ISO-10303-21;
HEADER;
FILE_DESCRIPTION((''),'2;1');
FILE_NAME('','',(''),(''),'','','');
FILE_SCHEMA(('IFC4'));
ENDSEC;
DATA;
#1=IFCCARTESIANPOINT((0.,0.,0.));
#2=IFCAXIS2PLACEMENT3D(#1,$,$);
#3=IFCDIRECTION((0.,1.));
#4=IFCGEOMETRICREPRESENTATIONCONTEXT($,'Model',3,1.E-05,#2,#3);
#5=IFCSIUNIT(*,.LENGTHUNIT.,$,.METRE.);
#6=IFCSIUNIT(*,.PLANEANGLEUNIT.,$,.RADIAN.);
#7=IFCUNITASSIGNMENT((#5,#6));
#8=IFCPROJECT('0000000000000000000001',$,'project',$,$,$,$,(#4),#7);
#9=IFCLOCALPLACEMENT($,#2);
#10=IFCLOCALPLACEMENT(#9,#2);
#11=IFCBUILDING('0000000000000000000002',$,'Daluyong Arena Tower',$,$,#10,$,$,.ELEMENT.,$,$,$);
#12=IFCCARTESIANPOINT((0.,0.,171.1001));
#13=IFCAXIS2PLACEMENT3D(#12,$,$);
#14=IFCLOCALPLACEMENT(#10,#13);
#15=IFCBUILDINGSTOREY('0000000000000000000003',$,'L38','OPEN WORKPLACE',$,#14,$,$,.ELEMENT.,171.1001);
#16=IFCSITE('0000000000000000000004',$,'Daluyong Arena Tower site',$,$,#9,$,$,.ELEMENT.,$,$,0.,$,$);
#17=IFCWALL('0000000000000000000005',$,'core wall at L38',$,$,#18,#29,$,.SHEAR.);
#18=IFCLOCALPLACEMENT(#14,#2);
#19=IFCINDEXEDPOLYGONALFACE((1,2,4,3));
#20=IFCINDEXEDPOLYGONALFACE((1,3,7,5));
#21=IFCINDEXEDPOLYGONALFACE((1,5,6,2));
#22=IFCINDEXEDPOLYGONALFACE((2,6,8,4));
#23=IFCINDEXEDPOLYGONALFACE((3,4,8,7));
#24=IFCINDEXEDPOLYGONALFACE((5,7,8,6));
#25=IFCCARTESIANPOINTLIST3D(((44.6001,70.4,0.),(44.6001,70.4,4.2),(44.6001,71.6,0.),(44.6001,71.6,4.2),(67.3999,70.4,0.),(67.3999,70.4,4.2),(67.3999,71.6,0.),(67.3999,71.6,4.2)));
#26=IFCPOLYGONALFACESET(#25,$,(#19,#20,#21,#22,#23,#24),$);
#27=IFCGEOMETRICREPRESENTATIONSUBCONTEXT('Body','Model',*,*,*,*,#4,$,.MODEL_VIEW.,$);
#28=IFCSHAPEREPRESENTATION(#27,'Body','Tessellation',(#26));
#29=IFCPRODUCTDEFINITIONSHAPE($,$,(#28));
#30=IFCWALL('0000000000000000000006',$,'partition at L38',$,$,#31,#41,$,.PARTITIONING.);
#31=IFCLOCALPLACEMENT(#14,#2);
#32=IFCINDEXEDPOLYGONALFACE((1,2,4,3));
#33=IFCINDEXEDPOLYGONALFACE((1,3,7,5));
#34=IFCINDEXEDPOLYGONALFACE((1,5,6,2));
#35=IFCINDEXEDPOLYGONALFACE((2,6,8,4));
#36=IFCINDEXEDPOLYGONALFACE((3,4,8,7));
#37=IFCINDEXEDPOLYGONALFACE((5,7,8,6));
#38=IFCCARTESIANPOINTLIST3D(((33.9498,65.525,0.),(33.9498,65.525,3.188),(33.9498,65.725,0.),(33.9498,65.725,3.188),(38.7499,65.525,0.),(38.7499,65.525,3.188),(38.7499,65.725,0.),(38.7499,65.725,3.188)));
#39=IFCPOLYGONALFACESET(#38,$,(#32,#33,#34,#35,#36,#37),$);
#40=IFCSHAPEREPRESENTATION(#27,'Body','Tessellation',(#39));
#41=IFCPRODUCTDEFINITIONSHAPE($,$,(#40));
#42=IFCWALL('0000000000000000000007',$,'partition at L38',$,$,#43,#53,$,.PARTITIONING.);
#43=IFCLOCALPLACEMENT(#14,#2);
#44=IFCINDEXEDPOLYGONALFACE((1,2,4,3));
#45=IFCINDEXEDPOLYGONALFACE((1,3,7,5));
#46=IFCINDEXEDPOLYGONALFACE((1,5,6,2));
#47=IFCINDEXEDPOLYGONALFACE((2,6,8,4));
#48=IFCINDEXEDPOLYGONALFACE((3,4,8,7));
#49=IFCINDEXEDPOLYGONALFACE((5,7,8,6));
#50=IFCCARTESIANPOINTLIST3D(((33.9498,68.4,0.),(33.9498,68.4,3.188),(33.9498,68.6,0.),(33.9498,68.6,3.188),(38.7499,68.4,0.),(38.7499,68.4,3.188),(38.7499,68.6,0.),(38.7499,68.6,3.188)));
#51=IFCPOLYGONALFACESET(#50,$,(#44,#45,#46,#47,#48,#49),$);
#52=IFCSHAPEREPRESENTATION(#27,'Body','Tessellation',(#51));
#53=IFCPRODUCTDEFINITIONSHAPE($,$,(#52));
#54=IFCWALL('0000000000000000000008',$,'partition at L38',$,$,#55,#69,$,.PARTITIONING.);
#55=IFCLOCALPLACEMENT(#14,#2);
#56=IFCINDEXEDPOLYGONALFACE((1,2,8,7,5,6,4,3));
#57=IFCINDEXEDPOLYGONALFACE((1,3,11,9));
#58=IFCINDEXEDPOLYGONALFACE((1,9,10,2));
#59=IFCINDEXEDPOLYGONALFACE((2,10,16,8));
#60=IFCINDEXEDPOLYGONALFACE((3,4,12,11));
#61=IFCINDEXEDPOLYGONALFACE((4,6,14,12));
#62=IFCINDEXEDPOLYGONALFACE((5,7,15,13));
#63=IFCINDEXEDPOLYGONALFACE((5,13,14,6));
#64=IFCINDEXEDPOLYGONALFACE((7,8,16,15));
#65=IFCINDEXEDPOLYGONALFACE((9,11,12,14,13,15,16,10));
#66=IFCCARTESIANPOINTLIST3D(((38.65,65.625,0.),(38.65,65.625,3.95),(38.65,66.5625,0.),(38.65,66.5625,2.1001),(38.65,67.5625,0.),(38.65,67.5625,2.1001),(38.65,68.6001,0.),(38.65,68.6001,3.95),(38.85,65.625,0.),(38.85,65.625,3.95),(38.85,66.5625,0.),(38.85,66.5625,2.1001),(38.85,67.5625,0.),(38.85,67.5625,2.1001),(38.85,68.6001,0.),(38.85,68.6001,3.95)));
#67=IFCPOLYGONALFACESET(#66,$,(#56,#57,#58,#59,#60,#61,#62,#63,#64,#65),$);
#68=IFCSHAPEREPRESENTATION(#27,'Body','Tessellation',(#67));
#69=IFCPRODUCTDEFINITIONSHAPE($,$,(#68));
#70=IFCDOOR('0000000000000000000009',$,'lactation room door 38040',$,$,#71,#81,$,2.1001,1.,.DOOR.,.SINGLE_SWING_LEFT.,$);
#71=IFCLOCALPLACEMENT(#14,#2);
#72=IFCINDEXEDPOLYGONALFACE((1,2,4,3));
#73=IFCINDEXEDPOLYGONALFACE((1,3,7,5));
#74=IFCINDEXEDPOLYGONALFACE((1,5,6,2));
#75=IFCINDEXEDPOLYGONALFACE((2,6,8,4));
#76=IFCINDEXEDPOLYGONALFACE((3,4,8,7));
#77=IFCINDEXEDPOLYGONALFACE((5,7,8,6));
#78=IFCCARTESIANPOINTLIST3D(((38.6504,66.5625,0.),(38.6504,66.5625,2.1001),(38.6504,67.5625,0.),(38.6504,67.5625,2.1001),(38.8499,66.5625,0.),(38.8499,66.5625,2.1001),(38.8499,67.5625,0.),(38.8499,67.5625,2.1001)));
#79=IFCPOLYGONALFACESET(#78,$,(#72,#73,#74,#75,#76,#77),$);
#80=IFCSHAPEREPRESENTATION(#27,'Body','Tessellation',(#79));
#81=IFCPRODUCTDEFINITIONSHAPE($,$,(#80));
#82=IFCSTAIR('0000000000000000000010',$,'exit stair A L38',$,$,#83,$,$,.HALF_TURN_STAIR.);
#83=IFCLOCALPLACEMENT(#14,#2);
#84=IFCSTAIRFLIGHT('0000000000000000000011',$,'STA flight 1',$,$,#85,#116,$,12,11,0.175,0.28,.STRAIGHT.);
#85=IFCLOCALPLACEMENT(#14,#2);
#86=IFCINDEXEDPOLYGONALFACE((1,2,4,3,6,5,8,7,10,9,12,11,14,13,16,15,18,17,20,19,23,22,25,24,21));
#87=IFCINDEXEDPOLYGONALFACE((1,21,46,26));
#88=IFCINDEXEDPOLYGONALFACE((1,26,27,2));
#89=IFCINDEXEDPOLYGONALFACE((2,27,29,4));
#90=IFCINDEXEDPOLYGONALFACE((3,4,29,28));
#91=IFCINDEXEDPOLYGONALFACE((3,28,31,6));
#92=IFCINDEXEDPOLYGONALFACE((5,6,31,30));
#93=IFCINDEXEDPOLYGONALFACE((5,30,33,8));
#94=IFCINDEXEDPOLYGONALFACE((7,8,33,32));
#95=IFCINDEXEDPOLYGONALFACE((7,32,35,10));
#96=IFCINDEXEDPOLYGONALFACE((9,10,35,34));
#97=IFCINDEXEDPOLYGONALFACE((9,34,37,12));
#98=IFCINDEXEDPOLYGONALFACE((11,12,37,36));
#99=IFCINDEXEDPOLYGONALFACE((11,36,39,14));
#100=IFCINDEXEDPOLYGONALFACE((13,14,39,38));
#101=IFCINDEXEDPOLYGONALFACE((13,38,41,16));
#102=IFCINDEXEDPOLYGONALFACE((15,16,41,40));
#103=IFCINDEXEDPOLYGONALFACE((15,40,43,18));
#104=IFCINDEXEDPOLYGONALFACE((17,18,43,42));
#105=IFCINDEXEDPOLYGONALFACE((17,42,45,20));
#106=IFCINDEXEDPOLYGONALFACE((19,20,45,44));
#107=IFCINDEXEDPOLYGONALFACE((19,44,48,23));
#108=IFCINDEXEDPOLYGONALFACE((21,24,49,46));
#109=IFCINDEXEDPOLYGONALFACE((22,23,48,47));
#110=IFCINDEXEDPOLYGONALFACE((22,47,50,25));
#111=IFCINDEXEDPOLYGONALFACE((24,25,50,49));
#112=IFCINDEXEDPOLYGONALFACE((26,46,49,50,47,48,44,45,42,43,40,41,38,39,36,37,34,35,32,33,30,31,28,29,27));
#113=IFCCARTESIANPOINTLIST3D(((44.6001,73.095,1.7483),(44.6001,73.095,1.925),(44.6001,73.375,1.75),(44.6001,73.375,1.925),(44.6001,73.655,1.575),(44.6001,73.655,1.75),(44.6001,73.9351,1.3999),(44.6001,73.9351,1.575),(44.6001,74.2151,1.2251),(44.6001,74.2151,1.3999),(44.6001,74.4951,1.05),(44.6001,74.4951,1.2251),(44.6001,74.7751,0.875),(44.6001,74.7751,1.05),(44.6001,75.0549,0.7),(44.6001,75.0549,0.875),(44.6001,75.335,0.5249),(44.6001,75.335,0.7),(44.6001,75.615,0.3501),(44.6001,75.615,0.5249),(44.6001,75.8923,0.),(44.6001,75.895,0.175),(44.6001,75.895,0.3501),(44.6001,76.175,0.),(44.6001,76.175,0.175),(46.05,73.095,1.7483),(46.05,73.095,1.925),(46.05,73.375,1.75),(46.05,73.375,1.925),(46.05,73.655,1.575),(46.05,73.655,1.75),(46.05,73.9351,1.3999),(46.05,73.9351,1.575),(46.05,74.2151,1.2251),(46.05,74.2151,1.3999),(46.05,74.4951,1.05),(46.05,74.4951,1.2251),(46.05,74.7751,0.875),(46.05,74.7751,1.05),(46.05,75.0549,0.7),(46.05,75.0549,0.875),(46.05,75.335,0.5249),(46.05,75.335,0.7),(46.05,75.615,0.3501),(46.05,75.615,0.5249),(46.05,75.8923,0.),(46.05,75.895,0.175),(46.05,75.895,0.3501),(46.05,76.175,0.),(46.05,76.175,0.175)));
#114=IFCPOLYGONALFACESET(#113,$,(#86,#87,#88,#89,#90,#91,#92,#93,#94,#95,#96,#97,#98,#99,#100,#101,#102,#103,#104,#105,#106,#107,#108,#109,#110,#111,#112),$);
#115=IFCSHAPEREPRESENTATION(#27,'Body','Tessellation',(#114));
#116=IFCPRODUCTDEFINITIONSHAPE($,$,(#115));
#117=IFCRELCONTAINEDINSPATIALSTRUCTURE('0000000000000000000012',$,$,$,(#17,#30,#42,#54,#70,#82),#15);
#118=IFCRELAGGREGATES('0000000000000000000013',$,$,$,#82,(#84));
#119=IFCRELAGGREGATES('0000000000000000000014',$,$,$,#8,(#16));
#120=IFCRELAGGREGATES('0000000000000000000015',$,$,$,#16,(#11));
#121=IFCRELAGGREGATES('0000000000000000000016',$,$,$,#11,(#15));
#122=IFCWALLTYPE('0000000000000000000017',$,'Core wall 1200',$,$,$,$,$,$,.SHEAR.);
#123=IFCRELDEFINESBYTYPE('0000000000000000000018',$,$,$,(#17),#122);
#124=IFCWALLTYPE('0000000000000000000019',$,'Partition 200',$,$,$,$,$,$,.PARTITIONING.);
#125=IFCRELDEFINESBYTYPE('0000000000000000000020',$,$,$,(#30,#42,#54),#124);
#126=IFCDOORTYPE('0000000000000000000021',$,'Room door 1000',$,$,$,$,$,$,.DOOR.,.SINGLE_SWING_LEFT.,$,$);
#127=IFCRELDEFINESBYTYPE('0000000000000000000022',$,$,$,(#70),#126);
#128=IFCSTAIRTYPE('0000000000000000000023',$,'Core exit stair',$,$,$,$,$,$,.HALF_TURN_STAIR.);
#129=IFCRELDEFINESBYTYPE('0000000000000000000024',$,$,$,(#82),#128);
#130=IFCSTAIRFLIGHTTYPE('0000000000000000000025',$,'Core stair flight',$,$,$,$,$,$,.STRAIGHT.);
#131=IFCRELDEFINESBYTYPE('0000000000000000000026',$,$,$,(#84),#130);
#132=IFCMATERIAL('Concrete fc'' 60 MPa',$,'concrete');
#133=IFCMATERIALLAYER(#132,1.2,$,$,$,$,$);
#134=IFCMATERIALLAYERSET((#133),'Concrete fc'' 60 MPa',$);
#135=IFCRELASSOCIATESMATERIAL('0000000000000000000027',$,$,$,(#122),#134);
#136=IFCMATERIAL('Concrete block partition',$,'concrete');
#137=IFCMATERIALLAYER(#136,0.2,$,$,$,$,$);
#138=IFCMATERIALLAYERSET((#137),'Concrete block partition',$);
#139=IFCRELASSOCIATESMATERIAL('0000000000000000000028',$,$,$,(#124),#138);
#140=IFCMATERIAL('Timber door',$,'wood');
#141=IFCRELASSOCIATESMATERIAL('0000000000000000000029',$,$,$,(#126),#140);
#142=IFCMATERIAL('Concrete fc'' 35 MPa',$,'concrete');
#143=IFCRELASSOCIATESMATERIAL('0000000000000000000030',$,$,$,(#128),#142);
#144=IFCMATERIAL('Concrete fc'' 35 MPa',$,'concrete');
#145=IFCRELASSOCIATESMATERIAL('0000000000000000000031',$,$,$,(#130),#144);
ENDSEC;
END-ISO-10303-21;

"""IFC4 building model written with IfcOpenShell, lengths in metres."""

from ifc_helpers import new_model, si_unit, direction, frame, frame_2d, origin, place, context, subcontext, project, spatial, polyline, rectangle, outline, extrude, material, layer, layer_set, type_object, element, fill, aggregate, save


model = new_model("IFC4")

# Units and contexts
model_context = context("Model", 3, precision=1e-05, world=origin(), true_north=direction((0.0, 1.0)))
body_context = subcontext(model_context, "Body", "Model", "MODEL_VIEW")
ifc_project = project(units=[si_unit("LENGTHUNIT", "METRE"), si_unit("PLANEANGLEUNIT", "RADIAN")], contexts=[model_context])

# Site, building, storey
site_placement = place(None, origin())
site = spatial("IfcSite", under=ifc_project, at=site_placement, Name="Daluyong Arena Tower site", CompositionType="ELEMENT", RefElevation=0.0)
building_placement = place(site_placement, origin())
building = spatial("IfcBuilding", under=site, at=building_placement, Name="Daluyong Arena Tower", CompositionType="ELEMENT")
storey_placement = place(building_placement, frame((0.0, 0.0, 171.1001)))
storey = spatial("IfcBuildingStorey", under=building, at=storey_placement, Name="L38", Description="OPEN WORKPLACE", CompositionType="ELEMENT", Elevation=171.1001)

# Shared definitions
ifc_material_1 = material(Name="Concrete fc' 60 MPa", Category="concrete")
ifc_layer_1 = layer(ifc_material_1, 1.2)
ifc_layer_set_1 = layer_set([ifc_layer_1], Name="Concrete fc' 60 MPa")
wall_type_1 = type_object("IfcWallType", Name="Core wall 1200", PredefinedType="SHEAR", material=ifc_layer_set_1)

# Walls
wall_1_placement = place(storey_placement, frame((44.6001, 71.0, 0.0), z_axis=(0.0, 0.0, 1.0), x_axis=(1.0, 0.0, 0.0)))
element("IfcWall", 1, at=wall_1_placement, inside=storey, type_object=wall_type_1, Name="core wall at L38", PredefinedType="SHEAR", context=body_context, shape_type="SweptSolid", body=[
    extrude(rectangle(XDim=22.7998, YDim=1.2, at=frame_2d((11.3999, 0.0))), origin(), (0.0, 0.0, 1.0), 4.2),
])
ifc_material_2 = material(Name="Concrete block partition", Category="concrete")
ifc_layer_2 = layer(ifc_material_2, 0.2)
ifc_layer_set_2 = layer_set([ifc_layer_2], Name="Concrete block partition")
wall_type_2 = type_object("IfcWallType", Name="Partition 200", PredefinedType="PARTITIONING", material=ifc_layer_set_2)
for number, where, z_axis, x_axis, name in (
    (2, (33.95, 65.625, 0.0), (0.0, 0.0, 1.0), (1.0, 0.0, 0.0), "partition at L38"),
    (3, (33.95, 68.5, 0.0), (0.0, 0.0, 1.0), (1.0, 0.0, 0.0), "partition at L38"),
):
    element("IfcWall", number, at=place(storey_placement, frame(where, z_axis=z_axis, x_axis=x_axis)), inside=storey, type_object=wall_type_2, Name=name, PredefinedType="PARTITIONING", context=body_context, shape_type="SweptSolid", body=[
        extrude(rectangle(XDim=4.8, YDim=0.2, at=frame_2d((2.3999, 0.0))), origin(), (0.0, 0.0, 1.0), 3.188),
    ])

# Wall, opening, door
wall_2_placement = place(storey_placement, frame((38.75, 65.625, 0.0), z_axis=(0.0, 0.0, 1.0), x_axis=(0.0, 1.0, 0.0)))
wall_2 = element("IfcWall", 4, at=wall_2_placement, inside=storey, type_object=wall_type_2, Name="partition at L38", PredefinedType="PARTITIONING", context=body_context, shape_type="SweptSolid", body=[
    extrude(rectangle(XDim=2.9751, YDim=0.2, at=frame_2d((1.4875, 0.0))), origin(), (0.0, 0.0, 1.0), 3.95),
])
opening_1_placement = place(wall_2_placement, frame((0.9375, 0.0, 0.0)))
opening_1 = element("IfcOpeningElement", 5, at=opening_1_placement, cuts=wall_2, PredefinedType="OPENING", context=body_context, shape_type="SweptSolid", body=[
    extrude(rectangle(XDim=1.0, YDim=2.1001, at=frame_2d((0.5, 1.05))), frame((0.0, 0.1099, 0.0), z_axis=(0.0, -1.0, 0.0), x_axis=(1.0, 0.0, 0.0)), (0.0, 0.0, 1.0), 0.22),
])
ifc_material_3 = material(Name="Timber door", Category="wood")
door_type_1 = type_object("IfcDoorType", Name="Room door 1000", OperationType="SINGLE_SWING_LEFT", PredefinedType="DOOR", material=ifc_material_3)
door_1_placement = place(opening_1_placement, origin())
door_1 = element("IfcDoor", 6, at=door_1_placement, inside=storey, type_object=door_type_1, Name="lactation room door 38040", OperationType="SINGLE_SWING_LEFT", OverallHeight=2.1001, OverallWidth=1.0, PredefinedType="DOOR", context=body_context, shape_type="SweptSolid", body=[
    extrude(rectangle(XDim=1.0, YDim=2.1001, at=frame_2d((0.5, 1.05))), frame((0.0, 0.0996, 0.0), z_axis=(0.0, -1.0, 0.0), x_axis=(1.0, 0.0, 0.0)), (0.0, 0.0, 1.0), 0.1995),
])
fill(opening_1, door_1)

# Stair, stair flight
ifc_material_4 = material(Name="Concrete fc' 35 MPa", Category="concrete")
stair_type = type_object("IfcStairType", Name="Core exit stair", PredefinedType="HALF_TURN_STAIR", material=ifc_material_4)
stair_placement = place(storey_placement, origin())
stair = element("IfcStair", 7, at=stair_placement, inside=storey, type_object=stair_type, Name="exit stair A L38", PredefinedType="HALF_TURN_STAIR")
ifc_material_5 = material(Name="Concrete fc' 35 MPa", Category="concrete")
stair_flight_type = type_object("IfcStairFlightType", Name="Core stair flight", PredefinedType="STRAIGHT", material=ifc_material_5)
stair_flight_placement = place(storey_placement, frame((45.325, 76.175, 0.0), z_axis=(0.0, 0.0, 1.0), x_axis=(0.0, -1.0, 0.0)))
stair_flight = element("IfcStairFlight", 8, at=stair_flight_placement, type_object=stair_flight_type, Name="STA flight 1", NumberOfRisers=12, NumberOfTreads=11, PredefinedType="STRAIGHT", RiserHeight=0.175, TreadLength=0.28, context=body_context, shape_type="SweptSolid", body=[
    extrude(outline(polyline([(0.0, 0.0), (0.0, 0.175), (0.28, 0.175), (0.28, 0.3501), (0.5601, 0.3501), (0.5601, 0.5249), (0.8401, 0.5249), (0.8401, 0.7), (1.1201, 0.7), (1.1201, 0.875), (1.3999, 0.875), (1.3999, 1.05), (1.6799, 1.05), (1.6799, 1.2251), (1.96, 1.2251), (1.96, 1.3999), (2.24, 1.3999), (2.24, 1.575), (2.52, 1.575), (2.52, 1.75), (2.8, 1.75), (2.8, 1.925), (3.0801, 1.925), (3.0801, 2.1001), (3.0801, 1.7483), (0.2827, 0.0), (0.0, 0.0)])), frame((0.0, 0.7251, 0.0), z_axis=(0.0, -1.0, 0.0), x_axis=(1.0, 0.0, 0.0)), (0.0, 0.0, 1.0), 1.45),
])
aggregate(stair, [stair_flight])

save(model, "model.ifc")
